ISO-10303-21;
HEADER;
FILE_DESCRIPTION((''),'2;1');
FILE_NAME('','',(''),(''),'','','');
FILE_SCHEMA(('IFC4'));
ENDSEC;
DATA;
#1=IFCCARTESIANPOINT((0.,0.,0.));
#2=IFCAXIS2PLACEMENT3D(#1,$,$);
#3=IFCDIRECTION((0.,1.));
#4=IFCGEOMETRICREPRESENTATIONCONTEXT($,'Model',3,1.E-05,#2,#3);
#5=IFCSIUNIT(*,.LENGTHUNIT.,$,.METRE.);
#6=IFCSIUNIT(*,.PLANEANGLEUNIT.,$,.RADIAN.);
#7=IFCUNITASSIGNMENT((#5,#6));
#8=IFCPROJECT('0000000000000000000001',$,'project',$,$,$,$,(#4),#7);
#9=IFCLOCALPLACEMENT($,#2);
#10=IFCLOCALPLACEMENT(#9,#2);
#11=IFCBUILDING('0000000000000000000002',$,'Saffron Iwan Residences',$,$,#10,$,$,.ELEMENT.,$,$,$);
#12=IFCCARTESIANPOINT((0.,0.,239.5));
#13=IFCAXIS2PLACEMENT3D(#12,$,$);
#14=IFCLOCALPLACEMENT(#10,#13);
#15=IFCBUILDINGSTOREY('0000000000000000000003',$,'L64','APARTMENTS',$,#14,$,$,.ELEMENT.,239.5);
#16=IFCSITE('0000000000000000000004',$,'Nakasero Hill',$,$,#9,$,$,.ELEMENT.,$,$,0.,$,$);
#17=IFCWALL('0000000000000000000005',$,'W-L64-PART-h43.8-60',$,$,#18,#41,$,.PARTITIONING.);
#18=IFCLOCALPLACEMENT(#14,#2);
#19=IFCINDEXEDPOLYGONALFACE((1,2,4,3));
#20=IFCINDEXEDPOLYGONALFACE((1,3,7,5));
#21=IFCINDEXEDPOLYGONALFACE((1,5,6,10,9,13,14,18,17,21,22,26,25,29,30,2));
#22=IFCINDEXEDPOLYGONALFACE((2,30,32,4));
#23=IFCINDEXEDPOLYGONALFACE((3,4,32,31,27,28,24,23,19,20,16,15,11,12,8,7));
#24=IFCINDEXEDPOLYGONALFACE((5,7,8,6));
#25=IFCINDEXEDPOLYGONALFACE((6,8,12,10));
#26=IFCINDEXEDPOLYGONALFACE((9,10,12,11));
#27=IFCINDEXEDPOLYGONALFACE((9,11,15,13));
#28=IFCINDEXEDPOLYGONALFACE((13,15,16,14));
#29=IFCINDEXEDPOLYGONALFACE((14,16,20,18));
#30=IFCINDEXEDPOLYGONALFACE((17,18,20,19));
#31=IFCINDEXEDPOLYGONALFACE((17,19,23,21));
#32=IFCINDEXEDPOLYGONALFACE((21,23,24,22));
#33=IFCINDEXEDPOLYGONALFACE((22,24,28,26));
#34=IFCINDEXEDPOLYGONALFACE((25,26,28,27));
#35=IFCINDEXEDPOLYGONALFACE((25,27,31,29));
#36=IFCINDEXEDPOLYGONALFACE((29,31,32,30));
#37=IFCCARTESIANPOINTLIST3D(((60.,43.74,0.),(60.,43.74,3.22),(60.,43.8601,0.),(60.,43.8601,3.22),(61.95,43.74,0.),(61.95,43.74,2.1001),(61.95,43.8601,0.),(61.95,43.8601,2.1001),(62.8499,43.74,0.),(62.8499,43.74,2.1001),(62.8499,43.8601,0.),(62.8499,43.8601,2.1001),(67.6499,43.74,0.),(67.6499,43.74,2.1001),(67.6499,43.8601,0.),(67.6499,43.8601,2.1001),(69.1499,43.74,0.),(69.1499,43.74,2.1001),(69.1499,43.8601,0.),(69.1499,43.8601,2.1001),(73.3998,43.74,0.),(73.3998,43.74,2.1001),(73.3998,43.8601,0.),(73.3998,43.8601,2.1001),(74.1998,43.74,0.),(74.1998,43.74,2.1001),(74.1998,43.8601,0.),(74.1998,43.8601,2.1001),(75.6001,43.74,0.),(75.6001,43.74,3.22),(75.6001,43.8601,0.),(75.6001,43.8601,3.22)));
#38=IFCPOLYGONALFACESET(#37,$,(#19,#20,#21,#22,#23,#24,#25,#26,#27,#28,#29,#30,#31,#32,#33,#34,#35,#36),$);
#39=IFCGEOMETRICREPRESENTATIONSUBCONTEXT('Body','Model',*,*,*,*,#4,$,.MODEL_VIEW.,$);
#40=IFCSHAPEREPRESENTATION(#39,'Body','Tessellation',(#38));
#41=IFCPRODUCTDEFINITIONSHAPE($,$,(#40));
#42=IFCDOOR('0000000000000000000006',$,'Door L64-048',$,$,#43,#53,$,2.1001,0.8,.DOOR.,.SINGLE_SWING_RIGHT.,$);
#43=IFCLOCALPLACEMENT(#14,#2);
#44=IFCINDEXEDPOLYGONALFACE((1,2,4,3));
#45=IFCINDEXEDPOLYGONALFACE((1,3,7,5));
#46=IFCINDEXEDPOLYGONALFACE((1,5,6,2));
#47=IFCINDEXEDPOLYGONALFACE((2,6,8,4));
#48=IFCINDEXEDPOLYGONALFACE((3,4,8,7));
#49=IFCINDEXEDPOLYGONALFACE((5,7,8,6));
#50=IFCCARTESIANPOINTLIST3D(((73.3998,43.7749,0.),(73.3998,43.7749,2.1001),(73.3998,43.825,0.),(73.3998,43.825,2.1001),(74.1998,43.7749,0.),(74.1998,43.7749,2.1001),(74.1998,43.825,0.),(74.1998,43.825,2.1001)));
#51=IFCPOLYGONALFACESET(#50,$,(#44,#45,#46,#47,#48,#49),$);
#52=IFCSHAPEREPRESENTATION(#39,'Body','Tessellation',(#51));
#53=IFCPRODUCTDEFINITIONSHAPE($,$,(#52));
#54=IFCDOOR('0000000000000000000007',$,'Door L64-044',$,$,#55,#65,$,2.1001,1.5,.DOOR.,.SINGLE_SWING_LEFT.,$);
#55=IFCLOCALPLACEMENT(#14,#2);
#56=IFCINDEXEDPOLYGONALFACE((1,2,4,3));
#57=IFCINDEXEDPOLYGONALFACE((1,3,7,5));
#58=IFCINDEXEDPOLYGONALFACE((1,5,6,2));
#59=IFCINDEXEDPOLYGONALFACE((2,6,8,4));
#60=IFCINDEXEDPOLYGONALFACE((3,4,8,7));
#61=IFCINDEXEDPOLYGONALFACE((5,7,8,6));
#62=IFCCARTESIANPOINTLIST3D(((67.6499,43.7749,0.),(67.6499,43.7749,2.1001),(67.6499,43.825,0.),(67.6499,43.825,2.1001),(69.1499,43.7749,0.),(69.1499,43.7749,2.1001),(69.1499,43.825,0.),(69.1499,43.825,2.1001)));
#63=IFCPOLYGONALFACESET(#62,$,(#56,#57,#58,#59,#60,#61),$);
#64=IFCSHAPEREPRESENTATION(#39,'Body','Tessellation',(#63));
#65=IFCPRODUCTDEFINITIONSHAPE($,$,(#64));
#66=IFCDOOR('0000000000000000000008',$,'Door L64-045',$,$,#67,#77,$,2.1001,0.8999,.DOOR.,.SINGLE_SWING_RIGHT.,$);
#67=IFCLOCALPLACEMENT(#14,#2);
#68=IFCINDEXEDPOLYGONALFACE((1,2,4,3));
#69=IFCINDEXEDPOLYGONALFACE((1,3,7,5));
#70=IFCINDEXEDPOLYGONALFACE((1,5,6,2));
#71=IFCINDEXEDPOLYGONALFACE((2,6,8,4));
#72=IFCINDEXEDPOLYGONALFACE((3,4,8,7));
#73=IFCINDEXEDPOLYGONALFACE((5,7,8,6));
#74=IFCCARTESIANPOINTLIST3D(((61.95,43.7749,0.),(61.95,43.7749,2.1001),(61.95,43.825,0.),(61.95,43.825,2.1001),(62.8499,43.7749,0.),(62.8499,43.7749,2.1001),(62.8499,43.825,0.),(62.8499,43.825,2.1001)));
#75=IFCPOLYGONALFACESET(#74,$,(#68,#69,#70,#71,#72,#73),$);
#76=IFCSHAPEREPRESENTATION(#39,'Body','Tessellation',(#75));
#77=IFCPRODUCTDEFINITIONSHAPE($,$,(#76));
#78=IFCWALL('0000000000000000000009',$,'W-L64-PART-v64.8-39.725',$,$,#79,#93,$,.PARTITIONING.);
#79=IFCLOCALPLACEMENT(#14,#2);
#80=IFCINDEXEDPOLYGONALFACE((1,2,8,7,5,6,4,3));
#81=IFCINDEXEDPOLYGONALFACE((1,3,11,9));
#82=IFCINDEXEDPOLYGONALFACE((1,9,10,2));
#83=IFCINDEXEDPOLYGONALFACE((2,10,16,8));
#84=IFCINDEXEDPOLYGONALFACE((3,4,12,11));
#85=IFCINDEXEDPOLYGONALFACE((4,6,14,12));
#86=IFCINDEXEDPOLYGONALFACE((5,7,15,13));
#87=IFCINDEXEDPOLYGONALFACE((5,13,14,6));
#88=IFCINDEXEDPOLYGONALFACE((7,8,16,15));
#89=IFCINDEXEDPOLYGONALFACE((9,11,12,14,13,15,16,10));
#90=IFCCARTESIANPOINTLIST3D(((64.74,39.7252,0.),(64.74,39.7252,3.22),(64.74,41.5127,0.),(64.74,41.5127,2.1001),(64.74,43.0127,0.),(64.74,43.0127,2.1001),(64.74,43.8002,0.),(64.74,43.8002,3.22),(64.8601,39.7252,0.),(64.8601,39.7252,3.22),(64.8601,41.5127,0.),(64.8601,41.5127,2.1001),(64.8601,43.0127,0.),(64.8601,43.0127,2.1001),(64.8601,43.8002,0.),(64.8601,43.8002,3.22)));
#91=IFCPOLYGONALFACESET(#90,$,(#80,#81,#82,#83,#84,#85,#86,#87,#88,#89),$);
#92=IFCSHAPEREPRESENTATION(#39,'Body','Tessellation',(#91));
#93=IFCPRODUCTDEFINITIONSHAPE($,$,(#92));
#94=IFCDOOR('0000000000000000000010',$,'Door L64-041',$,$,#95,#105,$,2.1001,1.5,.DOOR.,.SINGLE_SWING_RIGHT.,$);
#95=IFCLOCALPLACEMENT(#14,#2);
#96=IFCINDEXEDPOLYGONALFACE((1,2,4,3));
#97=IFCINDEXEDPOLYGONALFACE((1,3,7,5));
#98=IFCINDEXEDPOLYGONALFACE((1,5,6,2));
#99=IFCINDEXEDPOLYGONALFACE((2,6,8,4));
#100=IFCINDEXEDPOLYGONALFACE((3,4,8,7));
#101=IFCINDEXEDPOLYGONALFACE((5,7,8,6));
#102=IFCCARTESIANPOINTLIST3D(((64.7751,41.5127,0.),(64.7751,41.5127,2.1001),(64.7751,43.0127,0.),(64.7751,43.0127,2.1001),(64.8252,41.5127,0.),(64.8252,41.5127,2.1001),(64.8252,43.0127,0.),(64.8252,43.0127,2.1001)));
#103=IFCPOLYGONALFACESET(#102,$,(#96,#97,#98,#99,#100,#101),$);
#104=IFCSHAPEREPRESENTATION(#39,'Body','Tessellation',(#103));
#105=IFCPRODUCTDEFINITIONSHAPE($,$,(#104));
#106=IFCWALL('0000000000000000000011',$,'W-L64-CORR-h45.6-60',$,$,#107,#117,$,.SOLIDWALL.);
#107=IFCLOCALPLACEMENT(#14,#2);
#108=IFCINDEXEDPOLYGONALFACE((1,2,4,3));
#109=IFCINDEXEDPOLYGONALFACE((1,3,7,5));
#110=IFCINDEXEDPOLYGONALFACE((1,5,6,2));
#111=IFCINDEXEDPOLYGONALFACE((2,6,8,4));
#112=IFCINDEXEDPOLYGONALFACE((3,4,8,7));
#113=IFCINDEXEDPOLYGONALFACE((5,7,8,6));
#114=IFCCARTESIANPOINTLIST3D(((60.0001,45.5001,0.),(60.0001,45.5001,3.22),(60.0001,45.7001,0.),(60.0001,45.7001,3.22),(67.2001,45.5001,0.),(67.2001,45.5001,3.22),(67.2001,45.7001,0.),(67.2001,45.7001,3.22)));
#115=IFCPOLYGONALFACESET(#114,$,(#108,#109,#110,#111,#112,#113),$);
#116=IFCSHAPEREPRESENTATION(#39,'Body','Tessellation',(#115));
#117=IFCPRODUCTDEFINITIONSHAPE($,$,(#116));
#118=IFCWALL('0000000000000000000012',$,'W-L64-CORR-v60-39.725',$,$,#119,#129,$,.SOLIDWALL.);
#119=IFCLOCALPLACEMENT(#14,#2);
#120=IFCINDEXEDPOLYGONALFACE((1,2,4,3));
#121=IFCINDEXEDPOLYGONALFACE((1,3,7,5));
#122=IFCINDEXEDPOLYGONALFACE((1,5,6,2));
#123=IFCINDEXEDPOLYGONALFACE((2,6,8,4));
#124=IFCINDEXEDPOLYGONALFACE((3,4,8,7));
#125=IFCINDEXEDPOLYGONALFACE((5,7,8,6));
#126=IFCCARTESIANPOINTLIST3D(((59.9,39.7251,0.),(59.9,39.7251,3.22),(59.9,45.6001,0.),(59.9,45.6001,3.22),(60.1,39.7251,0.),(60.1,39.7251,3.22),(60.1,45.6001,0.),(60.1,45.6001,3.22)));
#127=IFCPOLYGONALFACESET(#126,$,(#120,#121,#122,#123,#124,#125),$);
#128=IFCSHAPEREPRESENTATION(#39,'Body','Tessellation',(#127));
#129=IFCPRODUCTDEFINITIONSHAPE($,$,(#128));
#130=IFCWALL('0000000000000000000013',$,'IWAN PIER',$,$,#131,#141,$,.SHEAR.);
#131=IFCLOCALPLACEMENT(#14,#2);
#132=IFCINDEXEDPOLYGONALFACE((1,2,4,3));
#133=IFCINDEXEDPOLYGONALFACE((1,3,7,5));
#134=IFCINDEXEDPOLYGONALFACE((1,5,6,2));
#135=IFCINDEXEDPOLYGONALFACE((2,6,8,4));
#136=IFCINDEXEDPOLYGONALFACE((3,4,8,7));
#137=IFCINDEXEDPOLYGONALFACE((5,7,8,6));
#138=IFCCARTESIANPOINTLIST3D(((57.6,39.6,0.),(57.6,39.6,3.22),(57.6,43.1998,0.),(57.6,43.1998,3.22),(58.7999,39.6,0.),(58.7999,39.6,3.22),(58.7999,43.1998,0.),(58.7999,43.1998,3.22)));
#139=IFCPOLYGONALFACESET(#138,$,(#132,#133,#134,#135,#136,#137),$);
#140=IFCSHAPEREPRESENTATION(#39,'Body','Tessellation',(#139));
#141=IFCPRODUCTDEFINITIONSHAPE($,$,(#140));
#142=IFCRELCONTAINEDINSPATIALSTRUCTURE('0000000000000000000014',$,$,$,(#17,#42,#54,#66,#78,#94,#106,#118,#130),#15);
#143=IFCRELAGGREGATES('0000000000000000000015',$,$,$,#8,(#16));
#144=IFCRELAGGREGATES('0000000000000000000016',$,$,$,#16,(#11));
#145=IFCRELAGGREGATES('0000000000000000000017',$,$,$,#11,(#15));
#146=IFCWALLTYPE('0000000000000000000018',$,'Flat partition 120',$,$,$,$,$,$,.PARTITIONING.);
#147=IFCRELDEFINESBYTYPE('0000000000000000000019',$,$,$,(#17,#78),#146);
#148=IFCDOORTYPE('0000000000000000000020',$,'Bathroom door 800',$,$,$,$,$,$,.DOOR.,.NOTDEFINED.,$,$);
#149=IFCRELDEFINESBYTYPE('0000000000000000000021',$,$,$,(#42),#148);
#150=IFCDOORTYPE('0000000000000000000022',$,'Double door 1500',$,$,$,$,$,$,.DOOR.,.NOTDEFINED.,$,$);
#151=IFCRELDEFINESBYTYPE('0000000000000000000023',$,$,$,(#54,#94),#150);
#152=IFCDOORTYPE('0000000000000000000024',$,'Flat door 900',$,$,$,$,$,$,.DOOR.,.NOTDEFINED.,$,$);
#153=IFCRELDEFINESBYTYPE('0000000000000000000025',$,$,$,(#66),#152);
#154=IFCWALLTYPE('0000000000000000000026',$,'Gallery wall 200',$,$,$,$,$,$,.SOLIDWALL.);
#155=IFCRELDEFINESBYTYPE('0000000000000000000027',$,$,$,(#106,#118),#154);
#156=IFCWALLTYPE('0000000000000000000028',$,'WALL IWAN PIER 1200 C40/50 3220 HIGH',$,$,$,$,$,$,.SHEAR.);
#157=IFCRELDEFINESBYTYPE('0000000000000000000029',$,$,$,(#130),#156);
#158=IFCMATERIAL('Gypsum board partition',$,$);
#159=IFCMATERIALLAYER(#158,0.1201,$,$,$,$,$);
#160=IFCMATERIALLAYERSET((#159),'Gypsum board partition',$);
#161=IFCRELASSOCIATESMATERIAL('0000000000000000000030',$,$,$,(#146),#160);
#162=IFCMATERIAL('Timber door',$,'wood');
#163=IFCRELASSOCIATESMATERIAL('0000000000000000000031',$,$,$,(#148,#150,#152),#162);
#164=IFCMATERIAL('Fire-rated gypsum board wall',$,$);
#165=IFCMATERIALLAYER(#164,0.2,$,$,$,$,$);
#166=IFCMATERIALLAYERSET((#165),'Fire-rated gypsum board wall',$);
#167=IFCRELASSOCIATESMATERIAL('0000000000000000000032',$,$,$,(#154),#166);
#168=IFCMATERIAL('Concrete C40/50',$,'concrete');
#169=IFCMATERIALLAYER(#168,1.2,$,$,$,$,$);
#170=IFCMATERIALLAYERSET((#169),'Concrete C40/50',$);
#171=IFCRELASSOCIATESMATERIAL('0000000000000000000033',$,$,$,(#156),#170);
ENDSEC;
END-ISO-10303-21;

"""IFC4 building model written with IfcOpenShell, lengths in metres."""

from ifc_helpers import new_model, si_unit, direction, frame, frame_2d, origin, place, context, subcontext, project, spatial, rectangle, extrude, material, layer, layer_set, type_object, element, fill, save


model = new_model("IFC4")

# Units and contexts
model_context = context("Model", 3, precision=1e-05, world=origin(), true_north=direction((0.0, 1.0)))
body_context = subcontext(model_context, "Body", "Model", "MODEL_VIEW")
ifc_project = project(units=[si_unit("LENGTHUNIT", "METRE"), si_unit("PLANEANGLEUNIT", "RADIAN")], contexts=[model_context])

# Site, building, storey
site_placement = place(None, origin())
site = spatial("IfcSite", under=ifc_project, at=site_placement, Name="Nakasero Hill", CompositionType="ELEMENT", RefElevation=0.0)
building_placement = place(site_placement, origin())
building = spatial("IfcBuilding", under=site, at=building_placement, Name="Saffron Iwan Residences", CompositionType="ELEMENT")
storey_placement = place(building_placement, frame((0.0, 0.0, 239.5)))
storey = spatial("IfcBuildingStorey", under=building, at=storey_placement, Name="L64", Description="APARTMENTS", CompositionType="ELEMENT", Elevation=239.5)

# Shared definitions
ifc_material_1 = material(Name="Concrete C40/50", Category="concrete")

# Wall, openings, doors
ifc_material_2 = material(Name="Gypsum board partition")
ifc_layer_1 = layer(ifc_material_2, 0.1201)
ifc_layer_set_1 = layer_set([ifc_layer_1], Name="Gypsum board partition")
wall_type_1 = type_object("IfcWallType", Name="Flat partition 120", PredefinedType="PARTITIONING", material=ifc_layer_set_1)
wall_1_placement = place(storey_placement, frame((60.0, 43.8, 0.0), z_axis=(0.0, 0.0, 1.0), x_axis=(1.0, 0.0, 0.0)))
wall_1 = element("IfcWall", 1, at=wall_1_placement, inside=storey, type_object=wall_type_1, Name="W-L64-PART-h43.8-60", PredefinedType="PARTITIONING", context=body_context, shape_type="SweptSolid", body=[
    extrude(rectangle(XDim=15.6001, YDim=0.1201, at=frame_2d((7.8, 0.0))), origin(), (0.0, 0.0, 1.0), 3.22),
])
opening_1_placement = place(wall_1_placement, frame((7.6499, 0.0, 0.0)))
opening_1 = element("IfcOpeningElement", 2, at=opening_1_placement, cuts=wall_1, PredefinedType="OPENING", context=body_context, shape_type="SweptSolid", body=[
    extrude(rectangle(XDim=1.5, YDim=2.1001, at=frame_2d((0.75, 1.05))), frame((0.0, 0.0701, 0.0), z_axis=(0.0, -1.0, 0.0), x_axis=(1.0, 0.0, 0.0)), (0.0, 0.0, 1.0), 0.1401),
])
opening_2_placement = place(wall_1_placement, frame((1.95, 0.0, 0.0)))
opening_2 = element("IfcOpeningElement", 3, at=opening_2_placement, cuts=wall_1, PredefinedType="OPENING", context=body_context, shape_type="SweptSolid", body=[
    extrude(rectangle(XDim=0.8999, YDim=2.1001, at=frame_2d((0.45, 1.05))), frame((0.0, 0.0701, 0.0), z_axis=(0.0, -1.0, 0.0), x_axis=(1.0, 0.0, 0.0)), (0.0, 0.0, 1.0), 0.1401),
])
opening_3_placement = place(wall_1_placement, frame((13.3999, 0.0, 0.0)))
opening_3 = element("IfcOpeningElement", 4, at=opening_3_placement, cuts=wall_1, PredefinedType="OPENING", context=body_context, shape_type="SweptSolid", body=[
    extrude(rectangle(XDim=0.8, YDim=2.1001, at=frame_2d((0.3999, 1.05))), frame((0.0, 0.0701, 0.0), z_axis=(0.0, -1.0, 0.0), x_axis=(1.0, 0.0, 0.0)), (0.0, 0.0, 1.0), 0.1401),
])
ifc_material_3 = material(Name="Timber door", Category="wood")
door_type_1 = type_object("IfcDoorType", Name="Bathroom door 800", OperationType="NOTDEFINED", PredefinedType="DOOR", material=ifc_material_3)
door_1_placement = place(opening_3_placement, origin())
door_1 = element("IfcDoor", 5, at=door_1_placement, inside=storey, type_object=door_type_1, Name="Door L64-048", OperationType="SINGLE_SWING_RIGHT", OverallHeight=2.1001, OverallWidth=0.8, PredefinedType="DOOR", context=body_context, shape_type="SweptSolid", body=[
    extrude(rectangle(XDim=0.8, YDim=2.1001, at=frame_2d((0.3999, 1.05))), frame((0.0, 0.0249, 0.0), z_axis=(0.0, -1.0, 0.0), x_axis=(1.0, 0.0, 0.0)), (0.0, 0.0, 1.0), 0.05),
])
fill(opening_3, door_1)
door_type_2 = type_object("IfcDoorType", Name="Double door 1500", OperationType="NOTDEFINED", PredefinedType="DOOR", material=ifc_material_3)
door_2_placement = place(opening_1_placement, origin())
door_2 = element("IfcDoor", 6, at=door_2_placement, inside=storey, type_object=door_type_2, Name="Door L64-044", OperationType="SINGLE_SWING_LEFT", OverallHeight=2.1001, OverallWidth=1.5, PredefinedType="DOOR", context=body_context, shape_type="SweptSolid", body=[
    extrude(rectangle(XDim=1.5, YDim=2.1001, at=frame_2d((0.75, 1.05))), frame((0.0, 0.0249, 0.0), z_axis=(0.0, -1.0, 0.0), x_axis=(1.0, 0.0, 0.0)), (0.0, 0.0, 1.0), 0.05),
])
fill(opening_1, door_2)
door_type_3 = type_object("IfcDoorType", Name="Flat door 900", OperationType="NOTDEFINED", PredefinedType="DOOR", material=ifc_material_3)
door_3_placement = place(opening_2_placement, origin())
door_3 = element("IfcDoor", 7, at=door_3_placement, inside=storey, type_object=door_type_3, Name="Door L64-045", OperationType="SINGLE_SWING_RIGHT", OverallHeight=2.1001, OverallWidth=0.8999, PredefinedType="DOOR", context=body_context, shape_type="SweptSolid", body=[
    extrude(rectangle(XDim=0.8999, YDim=2.1001, at=frame_2d((0.45, 1.05))), frame((0.0, 0.0249, 0.0), z_axis=(0.0, -1.0, 0.0), x_axis=(1.0, 0.0, 0.0)), (0.0, 0.0, 1.0), 0.05),
])
fill(opening_2, door_3)

# Wall, opening, door
wall_2_placement = place(storey_placement, frame((64.8, 39.7251, 0.0), z_axis=(0.0, 0.0, 1.0), x_axis=(0.0, 1.0, 0.0)))
wall_2 = element("IfcWall", 8, at=wall_2_placement, inside=storey, type_object=wall_type_1, Name="W-L64-PART-v64.8-39.725", PredefinedType="PARTITIONING", context=body_context, shape_type="SweptSolid", body=[
    extrude(rectangle(XDim=4.075, YDim=0.1201, at=frame_2d((2.0376, 0.0))), origin(), (0.0, 0.0, 1.0), 3.22),
])
opening_4_placement = place(wall_2_placement, frame((1.7876, 0.0, 0.0)))
opening_4 = element("IfcOpeningElement", 9, at=opening_4_placement, cuts=wall_2, PredefinedType="OPENING", context=body_context, shape_type="SweptSolid", body=[
    extrude(rectangle(XDim=1.5, YDim=2.1001, at=frame_2d((0.75, 1.05))), frame((0.0, 0.0701, 0.0), z_axis=(0.0, -1.0, 0.0), x_axis=(1.0, 0.0, 0.0)), (0.0, 0.0, 1.0), 0.1401),
])
door_4_placement = place(opening_4_placement, origin())
door_4 = element("IfcDoor", 10, at=door_4_placement, inside=storey, type_object=door_type_2, Name="Door L64-041", OperationType="SINGLE_SWING_RIGHT", OverallHeight=2.1001, OverallWidth=1.5, PredefinedType="DOOR", context=body_context, shape_type="SweptSolid", body=[
    extrude(rectangle(XDim=1.5, YDim=2.1001, at=frame_2d((0.75, 1.05))), frame((0.0, 0.0249, 0.0), z_axis=(0.0, -1.0, 0.0), x_axis=(1.0, 0.0, 0.0)), (0.0, 0.0, 1.0), 0.05),
])
fill(opening_4, door_4)

# Walls
ifc_material_4 = material(Name="Fire-rated gypsum board wall")
ifc_layer_2 = layer(ifc_material_4, 0.2)
ifc_layer_set_2 = layer_set([ifc_layer_2], Name="Fire-rated gypsum board wall")
wall_type_2 = type_object("IfcWallType", Name="Gallery wall 200", PredefinedType="SOLIDWALL", material=ifc_layer_set_2)
wall_3_placement = place(storey_placement, frame((60.0, 45.6001, 0.0), z_axis=(0.0, 0.0, 1.0), x_axis=(1.0, 0.0, 0.0)))
element("IfcWall", 11, at=wall_3_placement, inside=storey, type_object=wall_type_2, Name="W-L64-CORR-h45.6-60", PredefinedType="SOLIDWALL", context=body_context, shape_type="SweptSolid", body=[
    extrude(rectangle(XDim=7.2, YDim=0.2, at=frame_2d((3.6001, 0.0))), origin(), (0.0, 0.0, 1.0), 3.22),
])
wall_4_placement = place(storey_placement, frame((60.0, 39.7251, 0.0), z_axis=(0.0, 0.0, 1.0), x_axis=(0.0, 1.0, 0.0)))
element("IfcWall", 12, at=wall_4_placement, inside=storey, type_object=wall_type_2, Name="W-L64-CORR-v60-39.725", PredefinedType="SOLIDWALL", context=body_context, shape_type="SweptSolid", body=[
    extrude(rectangle(XDim=5.875, YDim=0.2, at=frame_2d((2.9375, 0.0))), origin(), (0.0, 0.0, 1.0), 3.22),
])
ifc_layer_3 = layer(ifc_material_1, 1.2)
ifc_layer_set_3 = layer_set([ifc_layer_3], Name="Concrete C40/50")
wall_type_3 = type_object("IfcWallType", Name="WALL IWAN PIER 1200 C40/50 3220 HIGH", PredefinedType="SHEAR", material=ifc_layer_set_3)
wall_5_placement = place(storey_placement, frame((58.2, 39.6001, 0.0), z_axis=(0.0, 0.0, 1.0), x_axis=(0.0, 1.0, 0.0)))
element("IfcWall", 13, at=wall_5_placement, inside=storey, type_object=wall_type_3, Name="IWAN PIER", PredefinedType="SHEAR", context=body_context, shape_type="SweptSolid", body=[
    extrude(rectangle(XDim=3.5999, YDim=1.2, at=frame_2d((1.7998, 0.0))), origin(), (0.0, 0.0, 1.0), 3.22),
])

save(model, "model.ifc")
